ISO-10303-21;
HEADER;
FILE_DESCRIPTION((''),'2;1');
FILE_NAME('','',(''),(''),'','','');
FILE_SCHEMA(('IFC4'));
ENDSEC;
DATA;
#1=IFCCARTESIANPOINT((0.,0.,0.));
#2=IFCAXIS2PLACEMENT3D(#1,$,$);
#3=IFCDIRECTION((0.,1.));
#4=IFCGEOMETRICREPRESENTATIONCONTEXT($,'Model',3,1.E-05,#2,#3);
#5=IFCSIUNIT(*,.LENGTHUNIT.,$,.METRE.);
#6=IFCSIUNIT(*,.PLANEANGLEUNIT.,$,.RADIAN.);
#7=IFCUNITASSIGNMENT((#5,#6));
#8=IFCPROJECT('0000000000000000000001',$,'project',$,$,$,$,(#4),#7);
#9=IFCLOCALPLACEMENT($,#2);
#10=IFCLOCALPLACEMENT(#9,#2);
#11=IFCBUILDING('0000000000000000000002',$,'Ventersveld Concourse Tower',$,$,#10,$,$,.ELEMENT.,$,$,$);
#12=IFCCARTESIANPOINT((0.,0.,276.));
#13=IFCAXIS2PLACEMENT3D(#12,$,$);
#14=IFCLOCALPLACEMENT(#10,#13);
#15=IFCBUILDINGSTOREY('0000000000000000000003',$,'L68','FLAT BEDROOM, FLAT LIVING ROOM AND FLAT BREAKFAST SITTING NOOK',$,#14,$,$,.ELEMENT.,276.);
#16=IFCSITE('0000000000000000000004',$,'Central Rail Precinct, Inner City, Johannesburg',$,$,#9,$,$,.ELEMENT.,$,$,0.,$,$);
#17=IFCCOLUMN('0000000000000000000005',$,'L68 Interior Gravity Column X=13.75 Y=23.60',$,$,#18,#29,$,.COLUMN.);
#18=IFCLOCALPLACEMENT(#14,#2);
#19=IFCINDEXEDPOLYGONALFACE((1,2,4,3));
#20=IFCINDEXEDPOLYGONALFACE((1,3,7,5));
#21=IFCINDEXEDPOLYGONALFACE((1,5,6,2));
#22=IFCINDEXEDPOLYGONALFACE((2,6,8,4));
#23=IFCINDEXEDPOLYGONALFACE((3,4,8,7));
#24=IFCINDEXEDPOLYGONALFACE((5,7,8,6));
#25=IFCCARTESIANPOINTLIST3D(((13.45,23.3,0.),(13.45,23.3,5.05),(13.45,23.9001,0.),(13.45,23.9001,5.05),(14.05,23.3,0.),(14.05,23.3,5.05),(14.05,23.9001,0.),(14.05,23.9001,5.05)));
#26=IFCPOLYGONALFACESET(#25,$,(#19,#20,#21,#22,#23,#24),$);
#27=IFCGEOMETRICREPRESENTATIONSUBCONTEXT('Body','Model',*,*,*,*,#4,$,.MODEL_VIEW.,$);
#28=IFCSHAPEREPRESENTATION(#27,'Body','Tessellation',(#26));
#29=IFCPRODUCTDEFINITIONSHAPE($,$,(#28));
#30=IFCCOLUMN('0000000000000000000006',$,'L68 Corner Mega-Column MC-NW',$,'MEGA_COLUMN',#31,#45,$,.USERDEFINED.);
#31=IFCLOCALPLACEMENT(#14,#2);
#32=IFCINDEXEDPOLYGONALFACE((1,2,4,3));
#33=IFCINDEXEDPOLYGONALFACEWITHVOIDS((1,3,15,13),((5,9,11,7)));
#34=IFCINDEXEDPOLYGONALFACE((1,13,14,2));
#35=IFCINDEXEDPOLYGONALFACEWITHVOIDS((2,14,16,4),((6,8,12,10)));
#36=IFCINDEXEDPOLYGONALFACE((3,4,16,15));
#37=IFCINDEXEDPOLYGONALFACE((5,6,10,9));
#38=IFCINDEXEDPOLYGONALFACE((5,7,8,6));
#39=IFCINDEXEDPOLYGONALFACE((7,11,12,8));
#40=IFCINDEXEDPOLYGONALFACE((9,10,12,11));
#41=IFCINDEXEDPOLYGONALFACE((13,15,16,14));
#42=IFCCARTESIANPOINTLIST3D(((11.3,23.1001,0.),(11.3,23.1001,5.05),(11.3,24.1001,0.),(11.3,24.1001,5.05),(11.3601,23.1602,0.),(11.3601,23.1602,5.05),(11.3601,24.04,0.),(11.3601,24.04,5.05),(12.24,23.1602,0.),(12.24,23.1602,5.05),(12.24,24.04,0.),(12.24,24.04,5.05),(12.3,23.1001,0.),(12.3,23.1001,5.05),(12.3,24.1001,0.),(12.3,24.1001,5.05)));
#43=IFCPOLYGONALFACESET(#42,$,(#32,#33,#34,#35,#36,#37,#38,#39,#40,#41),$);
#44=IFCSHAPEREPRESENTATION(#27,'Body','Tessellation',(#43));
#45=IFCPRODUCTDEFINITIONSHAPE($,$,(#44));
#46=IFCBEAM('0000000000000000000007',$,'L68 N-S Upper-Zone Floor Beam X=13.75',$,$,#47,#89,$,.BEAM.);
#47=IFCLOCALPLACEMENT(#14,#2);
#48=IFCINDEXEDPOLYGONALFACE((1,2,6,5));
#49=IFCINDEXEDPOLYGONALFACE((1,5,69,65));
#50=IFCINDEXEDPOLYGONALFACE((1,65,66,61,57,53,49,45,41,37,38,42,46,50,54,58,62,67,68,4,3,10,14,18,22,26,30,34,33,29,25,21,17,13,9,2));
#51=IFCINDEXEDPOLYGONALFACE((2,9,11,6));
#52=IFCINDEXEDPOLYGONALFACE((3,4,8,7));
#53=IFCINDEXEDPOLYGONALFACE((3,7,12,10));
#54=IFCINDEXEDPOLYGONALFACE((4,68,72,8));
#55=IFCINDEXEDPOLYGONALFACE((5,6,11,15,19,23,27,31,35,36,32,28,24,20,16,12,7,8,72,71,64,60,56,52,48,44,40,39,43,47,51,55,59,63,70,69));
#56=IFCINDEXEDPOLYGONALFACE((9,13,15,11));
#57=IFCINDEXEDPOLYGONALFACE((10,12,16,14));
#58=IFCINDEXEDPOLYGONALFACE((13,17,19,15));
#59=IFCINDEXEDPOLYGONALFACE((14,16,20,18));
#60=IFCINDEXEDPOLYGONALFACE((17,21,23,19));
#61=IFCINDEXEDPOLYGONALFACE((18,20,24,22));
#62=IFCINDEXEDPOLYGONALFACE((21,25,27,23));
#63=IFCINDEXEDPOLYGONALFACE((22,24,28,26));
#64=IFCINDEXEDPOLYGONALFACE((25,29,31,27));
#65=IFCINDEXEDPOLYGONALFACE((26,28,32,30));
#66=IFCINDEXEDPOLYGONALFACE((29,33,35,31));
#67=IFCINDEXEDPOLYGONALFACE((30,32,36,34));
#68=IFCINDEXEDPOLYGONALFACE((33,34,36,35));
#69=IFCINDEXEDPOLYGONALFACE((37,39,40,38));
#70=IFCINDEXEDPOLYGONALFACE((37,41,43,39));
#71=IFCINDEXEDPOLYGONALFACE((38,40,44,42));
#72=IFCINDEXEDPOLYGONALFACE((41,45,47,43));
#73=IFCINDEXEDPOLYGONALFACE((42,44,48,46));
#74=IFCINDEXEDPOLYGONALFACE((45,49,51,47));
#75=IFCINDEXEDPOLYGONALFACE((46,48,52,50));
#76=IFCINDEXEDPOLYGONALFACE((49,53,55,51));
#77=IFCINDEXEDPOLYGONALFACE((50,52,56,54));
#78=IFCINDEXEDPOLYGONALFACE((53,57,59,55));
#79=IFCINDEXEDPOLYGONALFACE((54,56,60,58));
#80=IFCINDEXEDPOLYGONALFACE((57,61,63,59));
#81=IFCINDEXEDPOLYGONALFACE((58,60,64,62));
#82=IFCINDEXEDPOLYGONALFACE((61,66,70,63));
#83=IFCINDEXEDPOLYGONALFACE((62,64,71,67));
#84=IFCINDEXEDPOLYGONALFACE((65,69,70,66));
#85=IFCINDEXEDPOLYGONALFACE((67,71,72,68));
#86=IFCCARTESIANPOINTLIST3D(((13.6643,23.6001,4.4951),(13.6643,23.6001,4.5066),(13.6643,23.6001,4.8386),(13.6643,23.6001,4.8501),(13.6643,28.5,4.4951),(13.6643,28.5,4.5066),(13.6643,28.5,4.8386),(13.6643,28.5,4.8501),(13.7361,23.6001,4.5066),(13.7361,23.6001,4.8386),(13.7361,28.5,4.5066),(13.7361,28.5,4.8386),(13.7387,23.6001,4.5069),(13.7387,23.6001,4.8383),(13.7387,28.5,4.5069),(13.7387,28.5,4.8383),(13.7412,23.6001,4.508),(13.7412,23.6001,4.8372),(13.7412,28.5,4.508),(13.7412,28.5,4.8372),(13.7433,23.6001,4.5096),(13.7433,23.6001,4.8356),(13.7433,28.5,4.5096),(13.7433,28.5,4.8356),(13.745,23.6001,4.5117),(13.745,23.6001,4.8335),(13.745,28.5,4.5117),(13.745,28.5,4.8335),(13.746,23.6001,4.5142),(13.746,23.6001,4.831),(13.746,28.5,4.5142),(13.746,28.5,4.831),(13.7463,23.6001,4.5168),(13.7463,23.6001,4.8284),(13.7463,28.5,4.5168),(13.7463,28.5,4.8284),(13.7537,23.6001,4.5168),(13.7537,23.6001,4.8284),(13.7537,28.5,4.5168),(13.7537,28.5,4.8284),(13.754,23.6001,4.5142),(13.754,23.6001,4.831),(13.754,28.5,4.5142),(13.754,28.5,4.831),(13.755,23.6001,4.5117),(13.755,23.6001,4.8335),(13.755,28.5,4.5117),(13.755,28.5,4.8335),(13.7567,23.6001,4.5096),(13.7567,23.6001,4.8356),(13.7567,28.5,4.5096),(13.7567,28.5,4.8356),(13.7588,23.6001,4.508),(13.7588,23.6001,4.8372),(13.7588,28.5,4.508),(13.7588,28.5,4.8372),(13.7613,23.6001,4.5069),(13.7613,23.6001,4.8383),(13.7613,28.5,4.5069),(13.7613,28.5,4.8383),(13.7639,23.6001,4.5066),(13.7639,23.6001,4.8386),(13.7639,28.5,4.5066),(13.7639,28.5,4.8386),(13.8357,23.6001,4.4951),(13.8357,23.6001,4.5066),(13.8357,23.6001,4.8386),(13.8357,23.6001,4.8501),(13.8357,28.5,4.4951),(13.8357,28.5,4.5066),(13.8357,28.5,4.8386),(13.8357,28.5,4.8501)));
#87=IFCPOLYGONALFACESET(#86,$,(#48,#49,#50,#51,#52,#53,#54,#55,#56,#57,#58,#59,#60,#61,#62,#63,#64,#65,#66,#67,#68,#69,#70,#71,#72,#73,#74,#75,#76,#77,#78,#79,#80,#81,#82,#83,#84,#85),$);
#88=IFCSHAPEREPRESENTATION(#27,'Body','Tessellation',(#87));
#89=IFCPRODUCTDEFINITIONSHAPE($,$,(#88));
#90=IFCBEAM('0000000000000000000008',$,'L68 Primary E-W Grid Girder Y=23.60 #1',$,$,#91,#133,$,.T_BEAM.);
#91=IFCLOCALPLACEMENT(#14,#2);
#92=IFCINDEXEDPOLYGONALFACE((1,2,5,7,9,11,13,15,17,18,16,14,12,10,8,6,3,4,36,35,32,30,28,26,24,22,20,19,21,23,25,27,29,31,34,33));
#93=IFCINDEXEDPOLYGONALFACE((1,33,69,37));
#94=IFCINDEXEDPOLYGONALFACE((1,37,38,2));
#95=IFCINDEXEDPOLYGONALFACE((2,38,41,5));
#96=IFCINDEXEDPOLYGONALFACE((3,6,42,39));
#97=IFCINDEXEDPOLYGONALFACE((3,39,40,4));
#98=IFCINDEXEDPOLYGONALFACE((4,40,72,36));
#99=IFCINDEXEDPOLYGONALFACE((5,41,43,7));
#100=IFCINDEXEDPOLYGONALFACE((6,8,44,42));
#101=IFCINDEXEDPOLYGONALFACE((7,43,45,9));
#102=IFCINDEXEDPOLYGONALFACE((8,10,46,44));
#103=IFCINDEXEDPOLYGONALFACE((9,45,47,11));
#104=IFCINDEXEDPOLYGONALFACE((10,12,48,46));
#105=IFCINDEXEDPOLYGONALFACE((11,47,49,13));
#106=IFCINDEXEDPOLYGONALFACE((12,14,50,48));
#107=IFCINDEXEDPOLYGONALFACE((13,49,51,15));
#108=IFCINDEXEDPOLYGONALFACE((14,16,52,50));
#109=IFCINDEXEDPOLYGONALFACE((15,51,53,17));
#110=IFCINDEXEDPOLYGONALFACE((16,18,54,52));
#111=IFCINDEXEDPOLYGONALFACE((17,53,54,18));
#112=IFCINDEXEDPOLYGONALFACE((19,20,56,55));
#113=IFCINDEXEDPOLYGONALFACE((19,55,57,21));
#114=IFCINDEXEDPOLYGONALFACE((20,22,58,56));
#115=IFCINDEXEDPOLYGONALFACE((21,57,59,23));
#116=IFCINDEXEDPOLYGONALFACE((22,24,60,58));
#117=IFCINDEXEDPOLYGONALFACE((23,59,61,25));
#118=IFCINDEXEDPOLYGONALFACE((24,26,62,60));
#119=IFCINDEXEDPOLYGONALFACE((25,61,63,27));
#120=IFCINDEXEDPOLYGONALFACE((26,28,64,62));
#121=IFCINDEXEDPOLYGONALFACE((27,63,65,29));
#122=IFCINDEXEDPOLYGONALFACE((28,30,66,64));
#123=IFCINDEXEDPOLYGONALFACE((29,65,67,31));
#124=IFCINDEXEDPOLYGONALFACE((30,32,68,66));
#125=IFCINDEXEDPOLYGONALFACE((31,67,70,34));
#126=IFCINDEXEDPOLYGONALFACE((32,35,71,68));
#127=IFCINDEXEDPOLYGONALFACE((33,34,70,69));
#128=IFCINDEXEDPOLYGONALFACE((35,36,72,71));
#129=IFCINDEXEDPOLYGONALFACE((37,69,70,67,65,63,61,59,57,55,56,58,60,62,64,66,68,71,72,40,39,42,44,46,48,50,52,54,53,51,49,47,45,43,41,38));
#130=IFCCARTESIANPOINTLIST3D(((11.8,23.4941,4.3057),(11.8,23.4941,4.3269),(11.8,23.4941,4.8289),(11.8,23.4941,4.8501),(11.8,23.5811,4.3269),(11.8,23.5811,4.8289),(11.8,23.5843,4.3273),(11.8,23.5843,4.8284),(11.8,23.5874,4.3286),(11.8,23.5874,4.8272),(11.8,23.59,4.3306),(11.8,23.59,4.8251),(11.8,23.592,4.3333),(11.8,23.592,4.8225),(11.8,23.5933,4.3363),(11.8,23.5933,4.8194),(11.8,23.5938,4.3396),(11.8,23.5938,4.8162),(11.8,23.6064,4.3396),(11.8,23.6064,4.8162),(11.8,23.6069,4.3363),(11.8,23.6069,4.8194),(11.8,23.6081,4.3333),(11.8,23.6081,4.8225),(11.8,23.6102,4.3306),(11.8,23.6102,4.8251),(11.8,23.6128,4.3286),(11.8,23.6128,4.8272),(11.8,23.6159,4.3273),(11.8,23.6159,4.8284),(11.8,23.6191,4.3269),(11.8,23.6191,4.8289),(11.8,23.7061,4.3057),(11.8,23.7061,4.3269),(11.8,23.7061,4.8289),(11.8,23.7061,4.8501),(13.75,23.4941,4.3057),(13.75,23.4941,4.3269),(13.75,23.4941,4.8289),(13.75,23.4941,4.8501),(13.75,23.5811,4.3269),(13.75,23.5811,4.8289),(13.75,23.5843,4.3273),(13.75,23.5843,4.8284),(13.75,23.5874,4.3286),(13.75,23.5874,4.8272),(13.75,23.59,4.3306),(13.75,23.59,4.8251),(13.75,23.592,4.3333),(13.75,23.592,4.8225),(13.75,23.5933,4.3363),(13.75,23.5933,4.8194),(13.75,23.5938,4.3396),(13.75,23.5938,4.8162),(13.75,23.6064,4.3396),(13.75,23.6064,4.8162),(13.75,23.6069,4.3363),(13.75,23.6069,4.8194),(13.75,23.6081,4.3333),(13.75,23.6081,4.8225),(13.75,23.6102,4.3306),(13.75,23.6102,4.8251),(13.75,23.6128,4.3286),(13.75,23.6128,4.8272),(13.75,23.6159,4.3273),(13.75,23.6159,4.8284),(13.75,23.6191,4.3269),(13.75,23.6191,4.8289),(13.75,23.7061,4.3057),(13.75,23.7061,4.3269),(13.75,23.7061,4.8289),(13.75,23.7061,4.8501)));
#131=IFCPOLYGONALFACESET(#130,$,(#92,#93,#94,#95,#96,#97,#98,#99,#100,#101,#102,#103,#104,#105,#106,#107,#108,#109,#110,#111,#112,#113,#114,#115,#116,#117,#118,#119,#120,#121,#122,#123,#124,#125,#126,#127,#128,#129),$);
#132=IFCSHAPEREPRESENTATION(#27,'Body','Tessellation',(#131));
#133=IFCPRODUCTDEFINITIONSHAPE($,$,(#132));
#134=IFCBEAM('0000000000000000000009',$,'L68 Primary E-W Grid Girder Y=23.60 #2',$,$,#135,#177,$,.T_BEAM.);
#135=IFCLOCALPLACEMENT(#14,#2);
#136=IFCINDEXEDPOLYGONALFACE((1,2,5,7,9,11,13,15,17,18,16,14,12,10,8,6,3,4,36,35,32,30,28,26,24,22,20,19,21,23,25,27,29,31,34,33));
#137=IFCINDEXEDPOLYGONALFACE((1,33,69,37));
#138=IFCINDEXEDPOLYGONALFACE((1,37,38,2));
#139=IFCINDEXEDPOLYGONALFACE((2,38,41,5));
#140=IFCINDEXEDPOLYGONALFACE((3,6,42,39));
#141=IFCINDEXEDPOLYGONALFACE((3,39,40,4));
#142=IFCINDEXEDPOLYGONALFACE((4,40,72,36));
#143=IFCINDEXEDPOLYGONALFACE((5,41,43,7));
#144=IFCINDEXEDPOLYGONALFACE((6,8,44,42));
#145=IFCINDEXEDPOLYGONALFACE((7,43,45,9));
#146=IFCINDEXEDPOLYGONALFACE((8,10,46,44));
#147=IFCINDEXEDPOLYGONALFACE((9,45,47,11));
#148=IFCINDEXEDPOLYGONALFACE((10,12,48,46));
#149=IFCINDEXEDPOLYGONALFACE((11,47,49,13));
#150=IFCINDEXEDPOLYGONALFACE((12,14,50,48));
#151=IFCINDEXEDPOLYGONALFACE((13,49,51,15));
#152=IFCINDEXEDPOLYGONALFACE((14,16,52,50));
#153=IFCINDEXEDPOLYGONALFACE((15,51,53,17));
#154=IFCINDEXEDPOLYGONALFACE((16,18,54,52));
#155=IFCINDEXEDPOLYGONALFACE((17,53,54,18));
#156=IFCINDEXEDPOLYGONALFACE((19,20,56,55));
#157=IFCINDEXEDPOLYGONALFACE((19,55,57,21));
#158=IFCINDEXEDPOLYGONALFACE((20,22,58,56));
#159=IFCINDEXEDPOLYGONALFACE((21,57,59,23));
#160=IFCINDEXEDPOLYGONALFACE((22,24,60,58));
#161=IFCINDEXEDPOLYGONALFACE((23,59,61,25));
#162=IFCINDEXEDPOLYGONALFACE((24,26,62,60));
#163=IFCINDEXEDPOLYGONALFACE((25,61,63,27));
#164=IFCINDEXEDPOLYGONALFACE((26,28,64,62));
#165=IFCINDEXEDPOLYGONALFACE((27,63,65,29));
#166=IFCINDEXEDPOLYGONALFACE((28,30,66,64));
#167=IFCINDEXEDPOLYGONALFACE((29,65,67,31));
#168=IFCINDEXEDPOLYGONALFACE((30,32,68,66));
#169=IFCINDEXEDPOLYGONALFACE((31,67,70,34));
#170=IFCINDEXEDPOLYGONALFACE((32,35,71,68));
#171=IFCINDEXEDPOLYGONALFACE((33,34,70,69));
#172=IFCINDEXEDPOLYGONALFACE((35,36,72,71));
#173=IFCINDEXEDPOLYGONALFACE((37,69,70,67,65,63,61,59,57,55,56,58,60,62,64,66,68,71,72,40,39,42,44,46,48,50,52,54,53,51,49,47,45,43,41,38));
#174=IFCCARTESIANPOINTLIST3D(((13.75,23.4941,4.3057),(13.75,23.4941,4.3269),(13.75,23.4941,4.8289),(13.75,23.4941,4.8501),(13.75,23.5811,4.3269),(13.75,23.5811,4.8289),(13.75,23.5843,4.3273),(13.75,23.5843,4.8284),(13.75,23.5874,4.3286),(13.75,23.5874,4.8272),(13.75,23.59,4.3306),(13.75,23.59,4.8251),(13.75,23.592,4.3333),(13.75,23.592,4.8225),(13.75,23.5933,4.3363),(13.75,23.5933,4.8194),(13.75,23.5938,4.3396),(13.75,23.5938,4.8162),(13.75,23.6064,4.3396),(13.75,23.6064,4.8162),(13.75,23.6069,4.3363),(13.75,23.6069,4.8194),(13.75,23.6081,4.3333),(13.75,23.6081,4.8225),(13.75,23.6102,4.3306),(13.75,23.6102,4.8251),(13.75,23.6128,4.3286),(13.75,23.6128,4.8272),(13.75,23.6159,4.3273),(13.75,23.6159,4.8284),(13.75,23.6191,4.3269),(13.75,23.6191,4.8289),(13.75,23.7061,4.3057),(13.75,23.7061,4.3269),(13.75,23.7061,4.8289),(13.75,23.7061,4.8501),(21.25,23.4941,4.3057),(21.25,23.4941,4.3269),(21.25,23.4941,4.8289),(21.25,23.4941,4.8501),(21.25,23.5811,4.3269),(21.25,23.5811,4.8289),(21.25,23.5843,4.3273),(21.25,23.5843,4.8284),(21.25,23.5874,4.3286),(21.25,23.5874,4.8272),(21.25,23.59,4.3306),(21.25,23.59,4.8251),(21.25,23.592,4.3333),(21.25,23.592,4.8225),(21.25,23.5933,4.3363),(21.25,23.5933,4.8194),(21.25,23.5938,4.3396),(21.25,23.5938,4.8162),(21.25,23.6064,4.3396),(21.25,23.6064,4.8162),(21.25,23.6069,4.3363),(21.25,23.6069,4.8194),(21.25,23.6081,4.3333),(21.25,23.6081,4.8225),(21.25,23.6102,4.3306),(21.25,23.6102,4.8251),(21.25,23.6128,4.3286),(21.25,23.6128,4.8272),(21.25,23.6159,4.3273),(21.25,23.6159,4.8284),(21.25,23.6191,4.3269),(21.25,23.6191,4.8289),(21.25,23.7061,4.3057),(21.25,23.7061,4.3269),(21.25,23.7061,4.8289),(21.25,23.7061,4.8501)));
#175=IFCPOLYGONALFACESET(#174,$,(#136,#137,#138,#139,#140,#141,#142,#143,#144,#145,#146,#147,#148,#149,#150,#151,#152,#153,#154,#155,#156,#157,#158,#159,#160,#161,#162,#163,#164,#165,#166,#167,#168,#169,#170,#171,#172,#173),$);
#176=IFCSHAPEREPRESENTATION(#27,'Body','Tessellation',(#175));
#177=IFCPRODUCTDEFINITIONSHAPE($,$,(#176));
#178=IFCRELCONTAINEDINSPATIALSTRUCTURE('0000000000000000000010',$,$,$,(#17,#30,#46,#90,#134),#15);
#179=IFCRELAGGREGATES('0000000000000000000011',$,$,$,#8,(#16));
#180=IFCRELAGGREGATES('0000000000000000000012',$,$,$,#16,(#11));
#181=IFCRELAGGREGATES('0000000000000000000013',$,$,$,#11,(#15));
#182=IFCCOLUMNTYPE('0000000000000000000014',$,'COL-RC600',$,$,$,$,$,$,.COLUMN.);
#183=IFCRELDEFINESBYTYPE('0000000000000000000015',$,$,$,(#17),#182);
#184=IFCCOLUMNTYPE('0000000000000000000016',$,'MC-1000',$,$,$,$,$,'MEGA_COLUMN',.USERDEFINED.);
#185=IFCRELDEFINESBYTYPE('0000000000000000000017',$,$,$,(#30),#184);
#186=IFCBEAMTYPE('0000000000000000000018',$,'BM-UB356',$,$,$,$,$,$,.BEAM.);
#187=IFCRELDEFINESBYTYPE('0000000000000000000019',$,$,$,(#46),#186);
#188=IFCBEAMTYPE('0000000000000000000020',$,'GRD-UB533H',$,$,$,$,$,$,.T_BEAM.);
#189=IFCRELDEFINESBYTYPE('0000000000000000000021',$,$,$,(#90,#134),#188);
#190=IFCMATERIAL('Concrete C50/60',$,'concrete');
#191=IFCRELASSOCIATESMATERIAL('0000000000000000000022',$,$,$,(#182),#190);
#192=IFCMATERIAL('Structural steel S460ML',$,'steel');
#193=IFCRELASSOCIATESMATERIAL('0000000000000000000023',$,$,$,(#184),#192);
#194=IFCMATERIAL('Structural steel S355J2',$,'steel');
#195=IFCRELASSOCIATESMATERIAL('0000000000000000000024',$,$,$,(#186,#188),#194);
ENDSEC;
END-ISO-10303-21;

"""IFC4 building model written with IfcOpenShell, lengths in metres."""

from ifc_helpers import new_model, si_unit, direction, frame, origin, origin_2d, place, context, subcontext, project, spatial, rectangle, hollow_rectangle, i_section, extrude, material, material_profile, profile_set, type_object, element, save


model = new_model("IFC4")

# Units and contexts
model_context = context("Model", 3, precision=1e-05, world=origin(), true_north=direction((0.0, 1.0)))
body_context = subcontext(model_context, "Body", "Model", "MODEL_VIEW")
ifc_project = project(units=[si_unit("LENGTHUNIT", "METRE"), si_unit("PLANEANGLEUNIT", "RADIAN")], contexts=[model_context])

# Site, building, storey
site_placement = place(None, origin())
site = spatial("IfcSite", under=ifc_project, at=site_placement, Name="Central Rail Precinct, Inner City, Johannesburg", CompositionType="ELEMENT", RefElevation=0.0)
building_placement = place(site_placement, origin())
building = spatial("IfcBuilding", under=site, at=building_placement, Name="Ventersveld Concourse Tower", CompositionType="ELEMENT")
storey_placement = place(building_placement, frame((0.0, 0.0, 276.0)))
storey = spatial("IfcBuildingStorey", under=building, at=storey_placement, Name="L68", Description="FLAT BEDROOM, FLAT LIVING ROOM AND FLAT BREAKFAST SITTING NOOK", CompositionType="ELEMENT", Elevation=276.0)

# Columns
ifc_material_1 = material(Name="Concrete C50/60", Category="concrete")
ifc_material_profile_1 = material_profile(ifc_material_1, rectangle(XDim=0.6001, YDim=0.6001, at=origin_2d()), Name="RC 600x600")
ifc_profile_set_1 = profile_set([ifc_material_profile_1], Name="Concrete C50/60")
column_type_1 = type_object("IfcColumnType", Name="COL-RC600", PredefinedType="COLUMN", material=ifc_profile_set_1)
column_1_placement = place(storey_placement, frame((13.75, 23.6001, 0.0), z_axis=(0.0, 0.0, 1.0), x_axis=(1.0, 0.0, 0.0)))
element("IfcColumn", 1, at=column_1_placement, inside=storey, type_object=column_type_1, Name="L68 Interior Gravity Column X=13.75 Y=23.60", PredefinedType="COLUMN", context=body_context, shape_type="SweptSolid", body=[
    extrude(rectangle(XDim=0.6001, YDim=0.6001, at=origin_2d()), origin(), (0.0, 0.0, 1.0), 5.05),
])
ifc_material_2 = material(Name="Structural steel S460ML", Category="steel")
ifc_material_profile_2 = material_profile(ifc_material_2, hollow_rectangle(XDim=1.0, YDim=1.0, WallThickness=0.0601, at=origin_2d()), Name="BOX 1000x1000x60")
ifc_profile_set_2 = profile_set([ifc_material_profile_2], Name="Structural steel S460ML")
column_type_2 = type_object("IfcColumnType", Name="MC-1000", ElementType="MEGA_COLUMN", PredefinedType="USERDEFINED", material=ifc_profile_set_2)
column_2_placement = place(storey_placement, frame((11.8, 23.6001, 0.0), z_axis=(0.0, 0.0, 1.0), x_axis=(1.0, 0.0, 0.0)))
element("IfcColumn", 2, at=column_2_placement, inside=storey, type_object=column_type_2, Name="L68 Corner Mega-Column MC-NW", ObjectType="MEGA_COLUMN", PredefinedType="USERDEFINED", context=body_context, shape_type="SweptSolid", body=[
    extrude(hollow_rectangle(XDim=1.0, YDim=1.0, WallThickness=0.0601, at=origin_2d()), origin(), (0.0, 0.0, 1.0), 5.05),
])

# Beams
ifc_material_3 = material(Name="Structural steel S355J2", Category="steel")
ifc_material_profile_3 = material_profile(ifc_material_3, i_section(OverallWidth=0.1714, OverallDepth=0.355, WebThickness=0.0073, FlangeThickness=0.0115, FilletRadius=0.0103, at=origin_2d()), Name="UB 356x171x51")
ifc_profile_set_3 = profile_set([ifc_material_profile_3], Name="Structural steel S355J2")
beam_type_1 = type_object("IfcBeamType", Name="BM-UB356", PredefinedType="BEAM", material=ifc_profile_set_3)
beam_1_placement = place(storey_placement, frame((13.75, 23.6001, 4.6726), z_axis=(0.0, 1.0, 0.0), x_axis=(-1.0, 0.0, 0.0)))
element("IfcBeam", 3, at=beam_1_placement, inside=storey, type_object=beam_type_1, Name="L68 N-S Upper-Zone Floor Beam X=13.75", PredefinedType="BEAM", context=body_context, shape_type="SweptSolid", body=[
    extrude(i_section(OverallWidth=0.1714, OverallDepth=0.355, WebThickness=0.0073, FlangeThickness=0.0115, FilletRadius=0.0103, at=origin_2d()), origin(), (0.0, 0.0, 1.0), 4.8999),
])
ifc_material_profile_4 = material_profile(ifc_material_3, i_section(OverallWidth=0.2119, OverallDepth=0.5444, WebThickness=0.0127, FlangeThickness=0.0212, FilletRadius=0.0127, at=origin_2d()), Name="UB 533x210x122")
ifc_profile_set_4 = profile_set([ifc_material_profile_4], Name="Structural steel S355J2")
beam_type_2 = type_object("IfcBeamType", Name="GRD-UB533H", PredefinedType="T_BEAM", material=ifc_profile_set_4)
beam_2_placement = place(storey_placement, frame((11.8, 23.6001, 4.5779), z_axis=(1.0, 0.0, 0.0), x_axis=(0.0, 1.0, 0.0)))
element("IfcBeam", 4, at=beam_2_placement, inside=storey, type_object=beam_type_2, Name="L68 Primary E-W Grid Girder Y=23.60 #1", PredefinedType="T_BEAM", context=body_context, shape_type="SweptSolid", body=[
    extrude(i_section(OverallWidth=0.2119, OverallDepth=0.5444, WebThickness=0.0127, FlangeThickness=0.0212, FilletRadius=0.0127, at=origin_2d()), origin(), (0.0, 0.0, 1.0), 1.95),
])
beam_3_placement = place(storey_placement, frame((13.75, 23.6001, 4.5779), z_axis=(1.0, 0.0, 0.0), x_axis=(0.0, 1.0, 0.0)))
element("IfcBeam", 5, at=beam_3_placement, inside=storey, type_object=beam_type_2, Name="L68 Primary E-W Grid Girder Y=23.60 #2", PredefinedType="T_BEAM", context=body_context, shape_type="SweptSolid", body=[
    extrude(i_section(OverallWidth=0.2119, OverallDepth=0.5444, WebThickness=0.0127, FlangeThickness=0.0212, FilletRadius=0.0127, at=origin_2d()), origin(), (0.0, 0.0, 1.0), 7.5),
])

save(model, "model.ifc")
